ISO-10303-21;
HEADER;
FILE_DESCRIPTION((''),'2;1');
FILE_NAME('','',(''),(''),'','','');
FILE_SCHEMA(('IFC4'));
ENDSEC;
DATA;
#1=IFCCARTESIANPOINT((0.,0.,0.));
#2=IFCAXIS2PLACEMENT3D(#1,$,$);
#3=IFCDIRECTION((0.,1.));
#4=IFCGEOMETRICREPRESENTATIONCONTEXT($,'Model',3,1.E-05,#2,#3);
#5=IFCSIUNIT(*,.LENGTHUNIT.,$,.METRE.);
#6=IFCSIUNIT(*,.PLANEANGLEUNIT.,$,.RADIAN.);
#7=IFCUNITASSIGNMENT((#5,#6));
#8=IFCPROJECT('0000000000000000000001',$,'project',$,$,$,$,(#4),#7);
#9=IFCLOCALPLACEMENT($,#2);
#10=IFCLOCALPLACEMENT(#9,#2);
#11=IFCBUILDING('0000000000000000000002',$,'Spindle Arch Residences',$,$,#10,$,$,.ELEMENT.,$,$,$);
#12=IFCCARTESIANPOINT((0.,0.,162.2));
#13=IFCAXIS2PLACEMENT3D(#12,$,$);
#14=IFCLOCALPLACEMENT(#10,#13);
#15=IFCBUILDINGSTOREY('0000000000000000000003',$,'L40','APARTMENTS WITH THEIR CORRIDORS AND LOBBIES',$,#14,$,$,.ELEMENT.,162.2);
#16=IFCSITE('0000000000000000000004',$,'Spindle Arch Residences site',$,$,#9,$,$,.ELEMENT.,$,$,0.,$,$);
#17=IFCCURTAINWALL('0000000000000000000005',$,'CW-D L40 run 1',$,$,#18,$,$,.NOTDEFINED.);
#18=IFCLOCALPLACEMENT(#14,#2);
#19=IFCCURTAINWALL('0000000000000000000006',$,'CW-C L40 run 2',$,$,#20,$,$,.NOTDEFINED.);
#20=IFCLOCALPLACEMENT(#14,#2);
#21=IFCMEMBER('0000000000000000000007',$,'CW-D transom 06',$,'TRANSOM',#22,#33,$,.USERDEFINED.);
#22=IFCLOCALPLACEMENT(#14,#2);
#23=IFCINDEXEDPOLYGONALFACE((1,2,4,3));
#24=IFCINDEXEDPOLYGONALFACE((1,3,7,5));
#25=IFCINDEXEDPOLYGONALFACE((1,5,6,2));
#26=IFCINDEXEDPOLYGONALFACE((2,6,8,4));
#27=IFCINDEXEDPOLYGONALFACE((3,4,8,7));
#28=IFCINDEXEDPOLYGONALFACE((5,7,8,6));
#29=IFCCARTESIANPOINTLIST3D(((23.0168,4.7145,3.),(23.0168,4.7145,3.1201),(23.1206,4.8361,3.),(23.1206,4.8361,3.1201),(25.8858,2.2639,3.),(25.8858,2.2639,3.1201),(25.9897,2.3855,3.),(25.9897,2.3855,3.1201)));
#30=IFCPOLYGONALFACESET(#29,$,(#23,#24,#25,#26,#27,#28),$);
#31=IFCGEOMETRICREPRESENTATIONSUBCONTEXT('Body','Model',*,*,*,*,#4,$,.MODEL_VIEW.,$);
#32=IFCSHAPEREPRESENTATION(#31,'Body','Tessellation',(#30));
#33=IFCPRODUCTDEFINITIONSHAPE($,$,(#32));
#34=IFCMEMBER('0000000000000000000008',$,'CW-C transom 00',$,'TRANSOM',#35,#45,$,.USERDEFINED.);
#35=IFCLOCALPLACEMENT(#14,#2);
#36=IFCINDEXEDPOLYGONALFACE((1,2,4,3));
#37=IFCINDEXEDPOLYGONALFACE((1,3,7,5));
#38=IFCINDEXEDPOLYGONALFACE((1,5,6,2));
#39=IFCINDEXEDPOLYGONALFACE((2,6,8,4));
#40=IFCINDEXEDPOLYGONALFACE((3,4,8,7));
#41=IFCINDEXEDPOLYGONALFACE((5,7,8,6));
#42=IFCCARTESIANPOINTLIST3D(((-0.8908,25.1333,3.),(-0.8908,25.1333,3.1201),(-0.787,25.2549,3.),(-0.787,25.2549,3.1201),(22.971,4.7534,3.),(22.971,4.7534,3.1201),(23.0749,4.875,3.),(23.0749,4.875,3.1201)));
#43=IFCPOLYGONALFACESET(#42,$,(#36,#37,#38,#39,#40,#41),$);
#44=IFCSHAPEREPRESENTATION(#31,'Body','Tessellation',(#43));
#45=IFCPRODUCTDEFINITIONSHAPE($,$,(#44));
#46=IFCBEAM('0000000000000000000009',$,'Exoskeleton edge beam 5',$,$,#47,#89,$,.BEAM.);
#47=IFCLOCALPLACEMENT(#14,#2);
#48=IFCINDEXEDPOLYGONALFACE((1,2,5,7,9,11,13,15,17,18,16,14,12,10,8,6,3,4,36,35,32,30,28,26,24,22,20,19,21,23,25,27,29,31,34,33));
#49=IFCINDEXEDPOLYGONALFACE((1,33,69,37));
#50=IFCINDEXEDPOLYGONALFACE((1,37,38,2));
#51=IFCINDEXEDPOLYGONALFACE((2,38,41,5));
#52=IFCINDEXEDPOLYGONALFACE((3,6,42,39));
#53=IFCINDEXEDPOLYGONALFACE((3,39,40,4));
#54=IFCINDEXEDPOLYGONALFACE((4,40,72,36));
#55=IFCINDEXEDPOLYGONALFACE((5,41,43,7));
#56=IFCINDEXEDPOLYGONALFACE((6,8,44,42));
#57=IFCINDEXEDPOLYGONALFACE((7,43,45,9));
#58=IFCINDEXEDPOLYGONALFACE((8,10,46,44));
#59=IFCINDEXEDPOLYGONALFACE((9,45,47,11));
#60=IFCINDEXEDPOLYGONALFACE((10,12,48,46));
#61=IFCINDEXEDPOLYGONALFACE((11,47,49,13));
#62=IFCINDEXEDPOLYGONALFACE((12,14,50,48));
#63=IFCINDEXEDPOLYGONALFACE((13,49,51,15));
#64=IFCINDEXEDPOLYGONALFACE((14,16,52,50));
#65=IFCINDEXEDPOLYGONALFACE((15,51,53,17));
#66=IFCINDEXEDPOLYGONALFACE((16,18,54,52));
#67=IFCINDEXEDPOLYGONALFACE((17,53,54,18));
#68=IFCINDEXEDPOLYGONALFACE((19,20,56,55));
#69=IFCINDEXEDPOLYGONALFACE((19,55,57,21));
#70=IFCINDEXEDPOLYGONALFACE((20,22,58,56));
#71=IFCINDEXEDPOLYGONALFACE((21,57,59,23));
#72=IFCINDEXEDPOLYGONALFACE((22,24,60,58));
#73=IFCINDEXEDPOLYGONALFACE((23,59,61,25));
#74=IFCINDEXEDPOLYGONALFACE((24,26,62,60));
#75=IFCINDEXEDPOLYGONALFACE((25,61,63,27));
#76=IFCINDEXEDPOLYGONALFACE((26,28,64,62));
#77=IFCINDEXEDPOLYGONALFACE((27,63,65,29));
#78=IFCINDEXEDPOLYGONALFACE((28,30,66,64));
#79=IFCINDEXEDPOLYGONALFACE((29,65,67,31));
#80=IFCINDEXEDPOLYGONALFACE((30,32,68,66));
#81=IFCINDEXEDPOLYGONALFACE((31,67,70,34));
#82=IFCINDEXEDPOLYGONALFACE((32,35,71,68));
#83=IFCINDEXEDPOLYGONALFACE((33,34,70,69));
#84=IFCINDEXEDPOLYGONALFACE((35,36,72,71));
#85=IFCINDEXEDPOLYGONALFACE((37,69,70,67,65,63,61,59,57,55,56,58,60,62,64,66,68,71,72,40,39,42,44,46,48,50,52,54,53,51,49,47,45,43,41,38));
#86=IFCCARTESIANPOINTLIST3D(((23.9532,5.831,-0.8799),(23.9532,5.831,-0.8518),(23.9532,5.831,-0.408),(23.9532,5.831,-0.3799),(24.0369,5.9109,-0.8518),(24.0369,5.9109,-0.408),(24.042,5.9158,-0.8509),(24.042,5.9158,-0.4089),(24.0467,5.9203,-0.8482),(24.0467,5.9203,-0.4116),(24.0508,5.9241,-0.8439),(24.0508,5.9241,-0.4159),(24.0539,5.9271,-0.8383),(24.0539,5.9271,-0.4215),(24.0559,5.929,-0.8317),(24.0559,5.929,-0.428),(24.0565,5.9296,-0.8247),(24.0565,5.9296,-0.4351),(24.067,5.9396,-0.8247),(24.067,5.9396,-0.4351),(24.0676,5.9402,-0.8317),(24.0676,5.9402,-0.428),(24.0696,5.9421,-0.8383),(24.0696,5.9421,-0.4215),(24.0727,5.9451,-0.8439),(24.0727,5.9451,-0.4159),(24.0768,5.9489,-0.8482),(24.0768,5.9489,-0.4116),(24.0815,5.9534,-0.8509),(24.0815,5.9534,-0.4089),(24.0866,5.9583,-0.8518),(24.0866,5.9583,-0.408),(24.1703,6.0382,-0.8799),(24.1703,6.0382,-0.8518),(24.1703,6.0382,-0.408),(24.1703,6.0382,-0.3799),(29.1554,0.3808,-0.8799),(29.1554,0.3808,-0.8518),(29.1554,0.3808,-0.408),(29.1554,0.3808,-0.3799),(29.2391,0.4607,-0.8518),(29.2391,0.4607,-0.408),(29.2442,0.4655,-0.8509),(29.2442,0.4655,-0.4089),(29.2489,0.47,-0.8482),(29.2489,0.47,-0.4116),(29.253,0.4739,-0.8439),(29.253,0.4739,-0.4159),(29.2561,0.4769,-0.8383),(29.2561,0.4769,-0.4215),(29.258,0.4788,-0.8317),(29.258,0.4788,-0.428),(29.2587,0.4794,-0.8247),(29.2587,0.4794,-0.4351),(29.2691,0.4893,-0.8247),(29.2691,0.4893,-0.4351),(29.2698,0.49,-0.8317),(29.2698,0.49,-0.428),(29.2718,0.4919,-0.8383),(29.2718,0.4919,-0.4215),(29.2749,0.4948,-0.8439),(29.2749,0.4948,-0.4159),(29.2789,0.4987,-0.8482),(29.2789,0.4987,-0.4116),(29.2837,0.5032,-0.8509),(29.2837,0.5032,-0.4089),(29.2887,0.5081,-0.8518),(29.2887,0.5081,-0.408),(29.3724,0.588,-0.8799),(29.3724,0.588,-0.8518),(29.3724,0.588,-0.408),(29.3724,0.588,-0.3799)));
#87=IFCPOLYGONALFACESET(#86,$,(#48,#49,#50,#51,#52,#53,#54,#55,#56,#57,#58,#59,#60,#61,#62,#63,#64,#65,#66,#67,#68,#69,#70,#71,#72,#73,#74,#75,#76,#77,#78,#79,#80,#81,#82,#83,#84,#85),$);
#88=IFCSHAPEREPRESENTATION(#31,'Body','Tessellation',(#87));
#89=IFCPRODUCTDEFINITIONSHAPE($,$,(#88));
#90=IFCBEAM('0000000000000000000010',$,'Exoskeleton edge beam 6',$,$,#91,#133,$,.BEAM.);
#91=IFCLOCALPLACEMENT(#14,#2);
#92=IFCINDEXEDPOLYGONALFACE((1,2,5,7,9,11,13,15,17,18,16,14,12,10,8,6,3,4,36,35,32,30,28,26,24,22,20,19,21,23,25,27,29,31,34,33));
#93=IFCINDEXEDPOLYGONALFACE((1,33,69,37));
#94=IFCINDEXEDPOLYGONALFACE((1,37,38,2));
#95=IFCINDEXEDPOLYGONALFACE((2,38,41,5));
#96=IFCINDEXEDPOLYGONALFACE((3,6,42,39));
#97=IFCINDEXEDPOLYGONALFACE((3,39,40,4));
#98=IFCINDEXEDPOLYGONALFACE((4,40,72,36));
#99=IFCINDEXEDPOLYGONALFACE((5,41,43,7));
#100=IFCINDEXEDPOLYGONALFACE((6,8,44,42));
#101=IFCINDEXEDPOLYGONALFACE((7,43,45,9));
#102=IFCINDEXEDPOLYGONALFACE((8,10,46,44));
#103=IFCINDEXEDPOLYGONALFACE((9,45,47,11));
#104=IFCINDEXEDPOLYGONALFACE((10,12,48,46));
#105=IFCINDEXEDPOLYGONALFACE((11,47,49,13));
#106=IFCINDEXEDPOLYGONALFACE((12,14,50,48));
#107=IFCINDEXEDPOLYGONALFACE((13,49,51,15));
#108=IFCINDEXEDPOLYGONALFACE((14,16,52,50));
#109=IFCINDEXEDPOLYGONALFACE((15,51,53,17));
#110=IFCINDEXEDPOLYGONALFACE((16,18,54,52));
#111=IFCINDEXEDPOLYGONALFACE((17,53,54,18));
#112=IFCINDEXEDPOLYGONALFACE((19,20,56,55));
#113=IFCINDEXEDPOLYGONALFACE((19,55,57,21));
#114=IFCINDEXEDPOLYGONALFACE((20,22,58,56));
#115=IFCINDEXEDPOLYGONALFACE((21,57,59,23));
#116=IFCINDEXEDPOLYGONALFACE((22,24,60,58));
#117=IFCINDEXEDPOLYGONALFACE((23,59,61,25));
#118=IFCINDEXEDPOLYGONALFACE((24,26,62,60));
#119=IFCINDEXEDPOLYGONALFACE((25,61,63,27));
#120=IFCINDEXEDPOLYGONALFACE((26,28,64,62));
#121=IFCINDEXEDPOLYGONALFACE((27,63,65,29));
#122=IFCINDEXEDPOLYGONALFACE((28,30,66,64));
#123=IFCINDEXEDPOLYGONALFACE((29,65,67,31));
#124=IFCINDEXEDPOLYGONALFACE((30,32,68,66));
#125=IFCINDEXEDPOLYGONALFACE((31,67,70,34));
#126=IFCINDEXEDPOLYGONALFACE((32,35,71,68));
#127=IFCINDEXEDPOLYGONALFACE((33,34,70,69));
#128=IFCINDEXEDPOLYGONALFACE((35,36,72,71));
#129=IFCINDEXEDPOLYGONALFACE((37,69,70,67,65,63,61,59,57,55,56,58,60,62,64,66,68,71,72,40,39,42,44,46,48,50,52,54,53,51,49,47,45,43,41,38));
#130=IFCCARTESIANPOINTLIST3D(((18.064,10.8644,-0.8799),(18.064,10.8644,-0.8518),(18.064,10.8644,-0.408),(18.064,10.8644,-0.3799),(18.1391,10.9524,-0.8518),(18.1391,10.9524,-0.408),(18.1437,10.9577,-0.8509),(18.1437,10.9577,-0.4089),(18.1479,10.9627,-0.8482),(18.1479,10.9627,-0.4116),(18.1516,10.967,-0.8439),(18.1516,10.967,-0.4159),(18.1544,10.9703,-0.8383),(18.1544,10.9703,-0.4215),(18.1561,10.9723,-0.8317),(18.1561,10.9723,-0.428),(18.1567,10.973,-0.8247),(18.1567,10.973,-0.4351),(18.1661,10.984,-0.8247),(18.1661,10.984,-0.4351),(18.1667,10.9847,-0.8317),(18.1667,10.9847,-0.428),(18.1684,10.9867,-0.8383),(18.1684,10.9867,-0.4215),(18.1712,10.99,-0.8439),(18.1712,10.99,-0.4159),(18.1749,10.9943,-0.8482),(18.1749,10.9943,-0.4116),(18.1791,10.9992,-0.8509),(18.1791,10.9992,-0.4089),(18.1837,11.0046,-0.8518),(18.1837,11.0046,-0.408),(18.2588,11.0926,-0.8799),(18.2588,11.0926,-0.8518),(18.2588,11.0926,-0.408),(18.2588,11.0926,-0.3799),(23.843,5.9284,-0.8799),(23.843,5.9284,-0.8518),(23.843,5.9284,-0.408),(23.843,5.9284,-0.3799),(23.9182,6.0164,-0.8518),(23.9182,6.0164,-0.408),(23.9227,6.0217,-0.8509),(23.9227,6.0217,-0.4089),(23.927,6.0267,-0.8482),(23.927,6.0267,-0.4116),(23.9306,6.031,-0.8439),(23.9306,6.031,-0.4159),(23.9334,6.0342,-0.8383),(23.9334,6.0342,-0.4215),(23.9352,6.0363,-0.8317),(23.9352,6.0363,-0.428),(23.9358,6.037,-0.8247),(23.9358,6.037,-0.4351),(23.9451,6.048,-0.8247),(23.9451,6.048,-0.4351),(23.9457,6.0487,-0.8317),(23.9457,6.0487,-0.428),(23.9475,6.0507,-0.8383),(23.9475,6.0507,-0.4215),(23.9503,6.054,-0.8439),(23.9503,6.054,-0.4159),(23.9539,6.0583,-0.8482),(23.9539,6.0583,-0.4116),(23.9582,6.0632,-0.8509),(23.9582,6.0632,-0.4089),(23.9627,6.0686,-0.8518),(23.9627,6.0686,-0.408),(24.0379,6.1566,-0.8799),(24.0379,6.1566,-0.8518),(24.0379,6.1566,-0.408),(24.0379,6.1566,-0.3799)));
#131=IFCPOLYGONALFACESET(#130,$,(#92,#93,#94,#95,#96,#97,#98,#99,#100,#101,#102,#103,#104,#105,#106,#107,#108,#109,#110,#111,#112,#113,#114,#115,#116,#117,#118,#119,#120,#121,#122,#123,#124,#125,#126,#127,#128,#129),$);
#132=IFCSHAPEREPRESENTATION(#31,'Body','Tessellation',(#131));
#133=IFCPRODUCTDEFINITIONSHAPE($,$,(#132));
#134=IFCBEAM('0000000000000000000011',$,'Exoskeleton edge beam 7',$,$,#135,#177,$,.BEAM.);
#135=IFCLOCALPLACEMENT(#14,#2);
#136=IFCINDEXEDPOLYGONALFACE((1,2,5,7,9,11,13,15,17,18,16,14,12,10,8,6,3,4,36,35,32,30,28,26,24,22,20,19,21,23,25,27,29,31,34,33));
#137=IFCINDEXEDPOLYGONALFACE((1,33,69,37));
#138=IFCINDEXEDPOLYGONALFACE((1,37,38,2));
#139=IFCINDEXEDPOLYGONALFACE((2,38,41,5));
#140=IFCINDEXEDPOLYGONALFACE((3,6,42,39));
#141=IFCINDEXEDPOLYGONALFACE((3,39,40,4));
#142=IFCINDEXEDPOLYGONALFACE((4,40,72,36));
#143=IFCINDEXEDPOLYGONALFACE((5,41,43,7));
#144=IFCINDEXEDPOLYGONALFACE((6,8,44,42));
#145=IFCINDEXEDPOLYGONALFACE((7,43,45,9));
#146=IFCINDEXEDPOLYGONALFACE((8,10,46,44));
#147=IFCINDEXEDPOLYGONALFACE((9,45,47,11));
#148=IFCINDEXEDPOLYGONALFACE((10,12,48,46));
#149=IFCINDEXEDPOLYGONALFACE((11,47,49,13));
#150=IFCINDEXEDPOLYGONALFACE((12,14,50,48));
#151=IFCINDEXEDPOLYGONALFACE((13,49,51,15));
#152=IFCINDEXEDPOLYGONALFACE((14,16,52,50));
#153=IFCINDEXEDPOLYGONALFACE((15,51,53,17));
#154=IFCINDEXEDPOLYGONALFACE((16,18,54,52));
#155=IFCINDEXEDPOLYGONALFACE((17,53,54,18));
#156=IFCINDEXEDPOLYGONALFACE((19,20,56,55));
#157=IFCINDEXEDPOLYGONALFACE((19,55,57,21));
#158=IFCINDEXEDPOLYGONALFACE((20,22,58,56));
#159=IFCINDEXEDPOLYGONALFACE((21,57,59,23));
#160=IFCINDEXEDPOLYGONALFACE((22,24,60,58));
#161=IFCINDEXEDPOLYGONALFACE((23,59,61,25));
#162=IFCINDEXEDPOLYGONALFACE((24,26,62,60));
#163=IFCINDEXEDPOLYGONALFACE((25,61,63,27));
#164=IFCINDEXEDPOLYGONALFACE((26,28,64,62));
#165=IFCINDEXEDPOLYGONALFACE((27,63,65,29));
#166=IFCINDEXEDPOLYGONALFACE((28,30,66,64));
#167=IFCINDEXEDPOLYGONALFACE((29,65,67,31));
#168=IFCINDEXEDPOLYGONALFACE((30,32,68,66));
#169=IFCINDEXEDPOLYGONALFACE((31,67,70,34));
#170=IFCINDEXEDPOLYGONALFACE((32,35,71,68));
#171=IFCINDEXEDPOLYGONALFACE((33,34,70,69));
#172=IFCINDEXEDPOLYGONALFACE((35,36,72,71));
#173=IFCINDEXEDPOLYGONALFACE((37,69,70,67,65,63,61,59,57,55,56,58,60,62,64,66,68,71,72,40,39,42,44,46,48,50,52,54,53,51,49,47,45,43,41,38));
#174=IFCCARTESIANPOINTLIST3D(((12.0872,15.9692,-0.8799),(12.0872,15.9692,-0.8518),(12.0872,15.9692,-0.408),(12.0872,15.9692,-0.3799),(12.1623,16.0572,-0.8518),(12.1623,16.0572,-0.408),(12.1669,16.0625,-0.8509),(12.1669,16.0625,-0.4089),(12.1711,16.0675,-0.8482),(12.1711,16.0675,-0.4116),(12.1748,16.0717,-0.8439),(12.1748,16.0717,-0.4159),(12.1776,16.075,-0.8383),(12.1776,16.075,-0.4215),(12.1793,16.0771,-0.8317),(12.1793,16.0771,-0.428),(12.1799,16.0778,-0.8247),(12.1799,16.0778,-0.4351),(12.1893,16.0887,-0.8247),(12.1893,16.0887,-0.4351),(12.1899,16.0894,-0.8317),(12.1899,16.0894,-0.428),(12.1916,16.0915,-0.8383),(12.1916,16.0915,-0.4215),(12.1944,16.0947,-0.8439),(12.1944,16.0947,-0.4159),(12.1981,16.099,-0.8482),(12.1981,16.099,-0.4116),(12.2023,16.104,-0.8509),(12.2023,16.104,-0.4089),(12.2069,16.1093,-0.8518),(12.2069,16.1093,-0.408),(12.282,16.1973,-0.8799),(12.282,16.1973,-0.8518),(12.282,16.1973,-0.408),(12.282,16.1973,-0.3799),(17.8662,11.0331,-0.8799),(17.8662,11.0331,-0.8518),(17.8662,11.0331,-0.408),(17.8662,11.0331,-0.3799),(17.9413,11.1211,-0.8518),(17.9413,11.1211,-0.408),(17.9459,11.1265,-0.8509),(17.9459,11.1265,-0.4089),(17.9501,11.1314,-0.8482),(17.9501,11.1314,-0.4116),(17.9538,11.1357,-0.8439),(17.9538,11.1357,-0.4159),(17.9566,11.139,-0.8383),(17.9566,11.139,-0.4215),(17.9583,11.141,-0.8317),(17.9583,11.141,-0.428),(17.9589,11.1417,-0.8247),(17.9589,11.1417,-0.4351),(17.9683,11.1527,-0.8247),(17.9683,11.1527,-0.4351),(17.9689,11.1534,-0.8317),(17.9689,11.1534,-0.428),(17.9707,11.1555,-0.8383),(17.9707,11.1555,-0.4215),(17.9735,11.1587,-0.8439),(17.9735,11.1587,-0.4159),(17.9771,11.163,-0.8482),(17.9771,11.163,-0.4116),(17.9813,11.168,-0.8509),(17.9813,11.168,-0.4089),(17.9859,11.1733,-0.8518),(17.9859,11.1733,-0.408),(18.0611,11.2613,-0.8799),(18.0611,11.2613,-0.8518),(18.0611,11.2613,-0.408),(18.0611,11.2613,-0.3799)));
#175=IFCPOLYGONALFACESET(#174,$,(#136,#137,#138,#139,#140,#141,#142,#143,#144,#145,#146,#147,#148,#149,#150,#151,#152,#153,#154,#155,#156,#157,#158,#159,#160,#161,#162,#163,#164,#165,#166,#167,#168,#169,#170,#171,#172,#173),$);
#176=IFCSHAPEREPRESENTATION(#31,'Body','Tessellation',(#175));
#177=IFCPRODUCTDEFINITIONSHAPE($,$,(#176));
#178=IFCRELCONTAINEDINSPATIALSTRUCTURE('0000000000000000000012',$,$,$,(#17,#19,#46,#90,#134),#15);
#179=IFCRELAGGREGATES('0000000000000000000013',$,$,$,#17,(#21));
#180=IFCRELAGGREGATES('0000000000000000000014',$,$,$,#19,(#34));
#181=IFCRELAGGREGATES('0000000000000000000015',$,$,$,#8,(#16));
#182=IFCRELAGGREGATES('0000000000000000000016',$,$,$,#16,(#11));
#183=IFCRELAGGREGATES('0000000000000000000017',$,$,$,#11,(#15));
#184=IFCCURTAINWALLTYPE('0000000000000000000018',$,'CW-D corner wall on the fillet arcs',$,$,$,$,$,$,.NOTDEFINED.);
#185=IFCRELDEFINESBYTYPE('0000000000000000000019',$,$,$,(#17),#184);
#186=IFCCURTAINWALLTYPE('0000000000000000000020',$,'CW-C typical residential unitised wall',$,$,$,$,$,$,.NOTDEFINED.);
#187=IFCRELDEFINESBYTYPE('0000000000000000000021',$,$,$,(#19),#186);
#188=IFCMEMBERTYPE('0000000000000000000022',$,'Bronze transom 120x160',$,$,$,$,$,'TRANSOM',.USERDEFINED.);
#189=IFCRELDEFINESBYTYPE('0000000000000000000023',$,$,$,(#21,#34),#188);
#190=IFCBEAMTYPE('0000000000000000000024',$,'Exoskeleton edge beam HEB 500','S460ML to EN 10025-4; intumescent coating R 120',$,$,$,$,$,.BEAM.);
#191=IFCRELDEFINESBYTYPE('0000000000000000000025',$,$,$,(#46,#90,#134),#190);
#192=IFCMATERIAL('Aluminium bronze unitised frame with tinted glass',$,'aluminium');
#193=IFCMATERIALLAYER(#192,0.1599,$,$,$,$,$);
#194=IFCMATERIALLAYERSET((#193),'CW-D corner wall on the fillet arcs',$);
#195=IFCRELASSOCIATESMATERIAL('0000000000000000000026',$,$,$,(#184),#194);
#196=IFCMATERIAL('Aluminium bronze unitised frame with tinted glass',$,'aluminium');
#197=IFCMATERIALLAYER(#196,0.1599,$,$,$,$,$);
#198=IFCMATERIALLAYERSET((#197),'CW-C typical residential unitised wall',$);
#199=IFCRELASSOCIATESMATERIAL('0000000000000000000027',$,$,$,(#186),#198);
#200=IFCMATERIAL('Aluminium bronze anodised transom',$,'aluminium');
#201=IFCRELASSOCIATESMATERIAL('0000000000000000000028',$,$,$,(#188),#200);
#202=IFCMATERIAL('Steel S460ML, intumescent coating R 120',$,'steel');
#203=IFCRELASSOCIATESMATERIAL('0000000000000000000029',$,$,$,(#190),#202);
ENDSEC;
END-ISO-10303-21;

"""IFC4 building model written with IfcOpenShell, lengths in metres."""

from ifc_helpers import new_model, si_unit, direction, frame, origin, origin_2d, place, context, subcontext, project, spatial, rectangle, i_section, extrude, material, layer, layer_set, material_profile, profile_set, type_object, element, aggregate, save


model = new_model("IFC4")

# Units and contexts
model_context = context("Model", 3, precision=1e-05, world=origin(), true_north=direction((0.0, 1.0)))
body_context = subcontext(model_context, "Body", "Model", "MODEL_VIEW")
ifc_project = project(units=[si_unit("LENGTHUNIT", "METRE"), si_unit("PLANEANGLEUNIT", "RADIAN")], contexts=[model_context])

# Site, building, storey
site_placement = place(None, origin())
site = spatial("IfcSite", under=ifc_project, at=site_placement, Name="Spindle Arch Residences site", CompositionType="ELEMENT", RefElevation=0.0)
building_placement = place(site_placement, origin())
building = spatial("IfcBuilding", under=site, at=building_placement, Name="Spindle Arch Residences", CompositionType="ELEMENT")
storey_placement = place(building_placement, frame((0.0, 0.0, 162.2)))
storey = spatial("IfcBuildingStorey", under=building, at=storey_placement, Name="L40", Description="APARTMENTS WITH THEIR CORRIDORS AND LOBBIES", CompositionType="ELEMENT", Elevation=162.2)

# Curtain wall
ifc_material_1 = material(Name="Aluminium bronze unitised frame with tinted glass", Category="aluminium")
ifc_layer_1 = layer(ifc_material_1, 0.1599)
ifc_layer_set_1 = layer_set([ifc_layer_1], Name="CW-D corner wall on the fillet arcs")
curtain_wall_type_1 = type_object("IfcCurtainWallType", Name="CW-D corner wall on the fillet arcs", PredefinedType="NOTDEFINED", material=ifc_layer_set_1)
curtain_wall_1_placement = place(storey_placement, origin())
curtain_wall_1 = element("IfcCurtainWall", 1, at=curtain_wall_1_placement, inside=storey, type_object=curtain_wall_type_1, Name="CW-D L40 run 1", PredefinedType="NOTDEFINED")

# Curtain wall
ifc_material_2 = material(Name="Aluminium bronze unitised frame with tinted glass", Category="aluminium")
ifc_layer_2 = layer(ifc_material_2, 0.1599)
ifc_layer_set_2 = layer_set([ifc_layer_2], Name="CW-C typical residential unitised wall")
curtain_wall_type_2 = type_object("IfcCurtainWallType", Name="CW-C typical residential unitised wall", PredefinedType="NOTDEFINED", material=ifc_layer_set_2)
curtain_wall_2_placement = place(storey_placement, origin())
curtain_wall_2 = element("IfcCurtainWall", 2, at=curtain_wall_2_placement, inside=storey, type_object=curtain_wall_type_2, Name="CW-C L40 run 2", PredefinedType="NOTDEFINED")

# Members
ifc_material_3 = material(Name="Aluminium bronze anodised transom", Category="aluminium")
ifc_material_profile_1 = material_profile(ifc_material_3, rectangle(XDim=0.1599, YDim=0.1201, at=origin_2d()), Name="TR 120x160")
ifc_profile_set_1 = profile_set([ifc_material_profile_1], Name="Aluminium bronze anodised transom")
member_type_1 = type_object("IfcMemberType", Name="Bronze transom 120x160", ElementType="TRANSOM", PredefinedType="USERDEFINED", material=ifc_profile_set_1)
member_1_placement = place(storey_placement, frame((25.9377, 2.3247, 3.0601), z_axis=(-0.760379, 0.64948, 0.0), x_axis=(-0.64948, -0.760379, 0.0)))
member_1 = element("IfcMember", 3, at=member_1_placement, type_object=member_type_1, Name="CW-D transom 06", ObjectType="TRANSOM", PredefinedType="USERDEFINED", context=body_context, shape_type="SweptSolid", body=[
    extrude(rectangle(XDim=0.1599, YDim=0.1201, at=origin_2d()), origin(), (0.0, 0.0, 1.0), 3.7732),
])
member_2_placement = place(storey_placement, frame((23.0229, 4.8142, 3.0601), z_axis=(-0.760406, 0.649447, 0.0), x_axis=(-0.649447, -0.760406, 0.0)))
member_2 = element("IfcMember", 4, at=member_2_placement, type_object=member_type_1, Name="CW-C transom 00", ObjectType="TRANSOM", PredefinedType="USERDEFINED", context=body_context, shape_type="SweptSolid", body=[
    extrude(rectangle(XDim=0.1599, YDim=0.1201, at=origin_2d()), origin(), (0.0, 0.0, 1.0), 31.3804),
])

# Beams
ifc_material_4 = material(Name="Steel S460ML, intumescent coating R 120", Category="steel")
ifc_material_profile_2 = material_profile(ifc_material_4, i_section(OverallWidth=0.3, OverallDepth=0.5, WebThickness=0.0144, FlangeThickness=0.0281, FilletRadius=0.0271, at=origin_2d()), Name="HEB 500")
ifc_profile_set_2 = profile_set([ifc_material_profile_2], Name="Steel S460ML, intumescent coating R 120")
beam_type_1 = type_object("IfcBeamType", Name="Exoskeleton edge beam HEB 500", Description="S460ML to EN 10025-4; intumescent coating R 120", PredefinedType="BEAM", material=ifc_profile_set_2)
beam_1_placement = place(storey_placement, frame((29.2639, 0.4844, -0.6299), z_axis=(-0.690454, 0.723376, 0.0), x_axis=(-0.723376, -0.690454, 0.0)))
element("IfcBeam", 5, at=beam_1_placement, inside=storey, type_object=beam_type_1, Name="Exoskeleton edge beam 5", PredefinedType="BEAM", context=body_context, shape_type="SweptSolid", body=[
    extrude(i_section(OverallWidth=0.3, OverallDepth=0.5, WebThickness=0.0144, FlangeThickness=0.0281, FilletRadius=0.0271, at=origin_2d()), origin(), (0.0, 0.0, 1.0), 7.5344),
])
for number, where, z_axis, x_axis, name in (
    (6, (23.9404, 6.0425, -0.6299), (-0.760389, 0.649468, 0.0), (-0.649468, -0.760389, 0.0), "Exoskeleton edge beam 6"),
    (7, (17.9636, 11.1472, -0.6299), (-0.760389, 0.649468, 0.0), (-0.649468, -0.760389, 0.0), "Exoskeleton edge beam 7"),
):
    element("IfcBeam", number, at=place(storey_placement, frame(where, z_axis=z_axis, x_axis=x_axis)), inside=storey, type_object=beam_type_1, Name=name, PredefinedType="BEAM", context=body_context, shape_type="SweptSolid", body=[
        extrude(i_section(OverallWidth=0.3, OverallDepth=0.5, WebThickness=0.0144, FlangeThickness=0.0281, FilletRadius=0.0271, at=origin_2d()), origin(), (0.0, 0.0, 1.0), 7.6001),
    ])

aggregate(curtain_wall_1, [member_1])
aggregate(curtain_wall_2, [member_2])

save(model, "model.ifc")
